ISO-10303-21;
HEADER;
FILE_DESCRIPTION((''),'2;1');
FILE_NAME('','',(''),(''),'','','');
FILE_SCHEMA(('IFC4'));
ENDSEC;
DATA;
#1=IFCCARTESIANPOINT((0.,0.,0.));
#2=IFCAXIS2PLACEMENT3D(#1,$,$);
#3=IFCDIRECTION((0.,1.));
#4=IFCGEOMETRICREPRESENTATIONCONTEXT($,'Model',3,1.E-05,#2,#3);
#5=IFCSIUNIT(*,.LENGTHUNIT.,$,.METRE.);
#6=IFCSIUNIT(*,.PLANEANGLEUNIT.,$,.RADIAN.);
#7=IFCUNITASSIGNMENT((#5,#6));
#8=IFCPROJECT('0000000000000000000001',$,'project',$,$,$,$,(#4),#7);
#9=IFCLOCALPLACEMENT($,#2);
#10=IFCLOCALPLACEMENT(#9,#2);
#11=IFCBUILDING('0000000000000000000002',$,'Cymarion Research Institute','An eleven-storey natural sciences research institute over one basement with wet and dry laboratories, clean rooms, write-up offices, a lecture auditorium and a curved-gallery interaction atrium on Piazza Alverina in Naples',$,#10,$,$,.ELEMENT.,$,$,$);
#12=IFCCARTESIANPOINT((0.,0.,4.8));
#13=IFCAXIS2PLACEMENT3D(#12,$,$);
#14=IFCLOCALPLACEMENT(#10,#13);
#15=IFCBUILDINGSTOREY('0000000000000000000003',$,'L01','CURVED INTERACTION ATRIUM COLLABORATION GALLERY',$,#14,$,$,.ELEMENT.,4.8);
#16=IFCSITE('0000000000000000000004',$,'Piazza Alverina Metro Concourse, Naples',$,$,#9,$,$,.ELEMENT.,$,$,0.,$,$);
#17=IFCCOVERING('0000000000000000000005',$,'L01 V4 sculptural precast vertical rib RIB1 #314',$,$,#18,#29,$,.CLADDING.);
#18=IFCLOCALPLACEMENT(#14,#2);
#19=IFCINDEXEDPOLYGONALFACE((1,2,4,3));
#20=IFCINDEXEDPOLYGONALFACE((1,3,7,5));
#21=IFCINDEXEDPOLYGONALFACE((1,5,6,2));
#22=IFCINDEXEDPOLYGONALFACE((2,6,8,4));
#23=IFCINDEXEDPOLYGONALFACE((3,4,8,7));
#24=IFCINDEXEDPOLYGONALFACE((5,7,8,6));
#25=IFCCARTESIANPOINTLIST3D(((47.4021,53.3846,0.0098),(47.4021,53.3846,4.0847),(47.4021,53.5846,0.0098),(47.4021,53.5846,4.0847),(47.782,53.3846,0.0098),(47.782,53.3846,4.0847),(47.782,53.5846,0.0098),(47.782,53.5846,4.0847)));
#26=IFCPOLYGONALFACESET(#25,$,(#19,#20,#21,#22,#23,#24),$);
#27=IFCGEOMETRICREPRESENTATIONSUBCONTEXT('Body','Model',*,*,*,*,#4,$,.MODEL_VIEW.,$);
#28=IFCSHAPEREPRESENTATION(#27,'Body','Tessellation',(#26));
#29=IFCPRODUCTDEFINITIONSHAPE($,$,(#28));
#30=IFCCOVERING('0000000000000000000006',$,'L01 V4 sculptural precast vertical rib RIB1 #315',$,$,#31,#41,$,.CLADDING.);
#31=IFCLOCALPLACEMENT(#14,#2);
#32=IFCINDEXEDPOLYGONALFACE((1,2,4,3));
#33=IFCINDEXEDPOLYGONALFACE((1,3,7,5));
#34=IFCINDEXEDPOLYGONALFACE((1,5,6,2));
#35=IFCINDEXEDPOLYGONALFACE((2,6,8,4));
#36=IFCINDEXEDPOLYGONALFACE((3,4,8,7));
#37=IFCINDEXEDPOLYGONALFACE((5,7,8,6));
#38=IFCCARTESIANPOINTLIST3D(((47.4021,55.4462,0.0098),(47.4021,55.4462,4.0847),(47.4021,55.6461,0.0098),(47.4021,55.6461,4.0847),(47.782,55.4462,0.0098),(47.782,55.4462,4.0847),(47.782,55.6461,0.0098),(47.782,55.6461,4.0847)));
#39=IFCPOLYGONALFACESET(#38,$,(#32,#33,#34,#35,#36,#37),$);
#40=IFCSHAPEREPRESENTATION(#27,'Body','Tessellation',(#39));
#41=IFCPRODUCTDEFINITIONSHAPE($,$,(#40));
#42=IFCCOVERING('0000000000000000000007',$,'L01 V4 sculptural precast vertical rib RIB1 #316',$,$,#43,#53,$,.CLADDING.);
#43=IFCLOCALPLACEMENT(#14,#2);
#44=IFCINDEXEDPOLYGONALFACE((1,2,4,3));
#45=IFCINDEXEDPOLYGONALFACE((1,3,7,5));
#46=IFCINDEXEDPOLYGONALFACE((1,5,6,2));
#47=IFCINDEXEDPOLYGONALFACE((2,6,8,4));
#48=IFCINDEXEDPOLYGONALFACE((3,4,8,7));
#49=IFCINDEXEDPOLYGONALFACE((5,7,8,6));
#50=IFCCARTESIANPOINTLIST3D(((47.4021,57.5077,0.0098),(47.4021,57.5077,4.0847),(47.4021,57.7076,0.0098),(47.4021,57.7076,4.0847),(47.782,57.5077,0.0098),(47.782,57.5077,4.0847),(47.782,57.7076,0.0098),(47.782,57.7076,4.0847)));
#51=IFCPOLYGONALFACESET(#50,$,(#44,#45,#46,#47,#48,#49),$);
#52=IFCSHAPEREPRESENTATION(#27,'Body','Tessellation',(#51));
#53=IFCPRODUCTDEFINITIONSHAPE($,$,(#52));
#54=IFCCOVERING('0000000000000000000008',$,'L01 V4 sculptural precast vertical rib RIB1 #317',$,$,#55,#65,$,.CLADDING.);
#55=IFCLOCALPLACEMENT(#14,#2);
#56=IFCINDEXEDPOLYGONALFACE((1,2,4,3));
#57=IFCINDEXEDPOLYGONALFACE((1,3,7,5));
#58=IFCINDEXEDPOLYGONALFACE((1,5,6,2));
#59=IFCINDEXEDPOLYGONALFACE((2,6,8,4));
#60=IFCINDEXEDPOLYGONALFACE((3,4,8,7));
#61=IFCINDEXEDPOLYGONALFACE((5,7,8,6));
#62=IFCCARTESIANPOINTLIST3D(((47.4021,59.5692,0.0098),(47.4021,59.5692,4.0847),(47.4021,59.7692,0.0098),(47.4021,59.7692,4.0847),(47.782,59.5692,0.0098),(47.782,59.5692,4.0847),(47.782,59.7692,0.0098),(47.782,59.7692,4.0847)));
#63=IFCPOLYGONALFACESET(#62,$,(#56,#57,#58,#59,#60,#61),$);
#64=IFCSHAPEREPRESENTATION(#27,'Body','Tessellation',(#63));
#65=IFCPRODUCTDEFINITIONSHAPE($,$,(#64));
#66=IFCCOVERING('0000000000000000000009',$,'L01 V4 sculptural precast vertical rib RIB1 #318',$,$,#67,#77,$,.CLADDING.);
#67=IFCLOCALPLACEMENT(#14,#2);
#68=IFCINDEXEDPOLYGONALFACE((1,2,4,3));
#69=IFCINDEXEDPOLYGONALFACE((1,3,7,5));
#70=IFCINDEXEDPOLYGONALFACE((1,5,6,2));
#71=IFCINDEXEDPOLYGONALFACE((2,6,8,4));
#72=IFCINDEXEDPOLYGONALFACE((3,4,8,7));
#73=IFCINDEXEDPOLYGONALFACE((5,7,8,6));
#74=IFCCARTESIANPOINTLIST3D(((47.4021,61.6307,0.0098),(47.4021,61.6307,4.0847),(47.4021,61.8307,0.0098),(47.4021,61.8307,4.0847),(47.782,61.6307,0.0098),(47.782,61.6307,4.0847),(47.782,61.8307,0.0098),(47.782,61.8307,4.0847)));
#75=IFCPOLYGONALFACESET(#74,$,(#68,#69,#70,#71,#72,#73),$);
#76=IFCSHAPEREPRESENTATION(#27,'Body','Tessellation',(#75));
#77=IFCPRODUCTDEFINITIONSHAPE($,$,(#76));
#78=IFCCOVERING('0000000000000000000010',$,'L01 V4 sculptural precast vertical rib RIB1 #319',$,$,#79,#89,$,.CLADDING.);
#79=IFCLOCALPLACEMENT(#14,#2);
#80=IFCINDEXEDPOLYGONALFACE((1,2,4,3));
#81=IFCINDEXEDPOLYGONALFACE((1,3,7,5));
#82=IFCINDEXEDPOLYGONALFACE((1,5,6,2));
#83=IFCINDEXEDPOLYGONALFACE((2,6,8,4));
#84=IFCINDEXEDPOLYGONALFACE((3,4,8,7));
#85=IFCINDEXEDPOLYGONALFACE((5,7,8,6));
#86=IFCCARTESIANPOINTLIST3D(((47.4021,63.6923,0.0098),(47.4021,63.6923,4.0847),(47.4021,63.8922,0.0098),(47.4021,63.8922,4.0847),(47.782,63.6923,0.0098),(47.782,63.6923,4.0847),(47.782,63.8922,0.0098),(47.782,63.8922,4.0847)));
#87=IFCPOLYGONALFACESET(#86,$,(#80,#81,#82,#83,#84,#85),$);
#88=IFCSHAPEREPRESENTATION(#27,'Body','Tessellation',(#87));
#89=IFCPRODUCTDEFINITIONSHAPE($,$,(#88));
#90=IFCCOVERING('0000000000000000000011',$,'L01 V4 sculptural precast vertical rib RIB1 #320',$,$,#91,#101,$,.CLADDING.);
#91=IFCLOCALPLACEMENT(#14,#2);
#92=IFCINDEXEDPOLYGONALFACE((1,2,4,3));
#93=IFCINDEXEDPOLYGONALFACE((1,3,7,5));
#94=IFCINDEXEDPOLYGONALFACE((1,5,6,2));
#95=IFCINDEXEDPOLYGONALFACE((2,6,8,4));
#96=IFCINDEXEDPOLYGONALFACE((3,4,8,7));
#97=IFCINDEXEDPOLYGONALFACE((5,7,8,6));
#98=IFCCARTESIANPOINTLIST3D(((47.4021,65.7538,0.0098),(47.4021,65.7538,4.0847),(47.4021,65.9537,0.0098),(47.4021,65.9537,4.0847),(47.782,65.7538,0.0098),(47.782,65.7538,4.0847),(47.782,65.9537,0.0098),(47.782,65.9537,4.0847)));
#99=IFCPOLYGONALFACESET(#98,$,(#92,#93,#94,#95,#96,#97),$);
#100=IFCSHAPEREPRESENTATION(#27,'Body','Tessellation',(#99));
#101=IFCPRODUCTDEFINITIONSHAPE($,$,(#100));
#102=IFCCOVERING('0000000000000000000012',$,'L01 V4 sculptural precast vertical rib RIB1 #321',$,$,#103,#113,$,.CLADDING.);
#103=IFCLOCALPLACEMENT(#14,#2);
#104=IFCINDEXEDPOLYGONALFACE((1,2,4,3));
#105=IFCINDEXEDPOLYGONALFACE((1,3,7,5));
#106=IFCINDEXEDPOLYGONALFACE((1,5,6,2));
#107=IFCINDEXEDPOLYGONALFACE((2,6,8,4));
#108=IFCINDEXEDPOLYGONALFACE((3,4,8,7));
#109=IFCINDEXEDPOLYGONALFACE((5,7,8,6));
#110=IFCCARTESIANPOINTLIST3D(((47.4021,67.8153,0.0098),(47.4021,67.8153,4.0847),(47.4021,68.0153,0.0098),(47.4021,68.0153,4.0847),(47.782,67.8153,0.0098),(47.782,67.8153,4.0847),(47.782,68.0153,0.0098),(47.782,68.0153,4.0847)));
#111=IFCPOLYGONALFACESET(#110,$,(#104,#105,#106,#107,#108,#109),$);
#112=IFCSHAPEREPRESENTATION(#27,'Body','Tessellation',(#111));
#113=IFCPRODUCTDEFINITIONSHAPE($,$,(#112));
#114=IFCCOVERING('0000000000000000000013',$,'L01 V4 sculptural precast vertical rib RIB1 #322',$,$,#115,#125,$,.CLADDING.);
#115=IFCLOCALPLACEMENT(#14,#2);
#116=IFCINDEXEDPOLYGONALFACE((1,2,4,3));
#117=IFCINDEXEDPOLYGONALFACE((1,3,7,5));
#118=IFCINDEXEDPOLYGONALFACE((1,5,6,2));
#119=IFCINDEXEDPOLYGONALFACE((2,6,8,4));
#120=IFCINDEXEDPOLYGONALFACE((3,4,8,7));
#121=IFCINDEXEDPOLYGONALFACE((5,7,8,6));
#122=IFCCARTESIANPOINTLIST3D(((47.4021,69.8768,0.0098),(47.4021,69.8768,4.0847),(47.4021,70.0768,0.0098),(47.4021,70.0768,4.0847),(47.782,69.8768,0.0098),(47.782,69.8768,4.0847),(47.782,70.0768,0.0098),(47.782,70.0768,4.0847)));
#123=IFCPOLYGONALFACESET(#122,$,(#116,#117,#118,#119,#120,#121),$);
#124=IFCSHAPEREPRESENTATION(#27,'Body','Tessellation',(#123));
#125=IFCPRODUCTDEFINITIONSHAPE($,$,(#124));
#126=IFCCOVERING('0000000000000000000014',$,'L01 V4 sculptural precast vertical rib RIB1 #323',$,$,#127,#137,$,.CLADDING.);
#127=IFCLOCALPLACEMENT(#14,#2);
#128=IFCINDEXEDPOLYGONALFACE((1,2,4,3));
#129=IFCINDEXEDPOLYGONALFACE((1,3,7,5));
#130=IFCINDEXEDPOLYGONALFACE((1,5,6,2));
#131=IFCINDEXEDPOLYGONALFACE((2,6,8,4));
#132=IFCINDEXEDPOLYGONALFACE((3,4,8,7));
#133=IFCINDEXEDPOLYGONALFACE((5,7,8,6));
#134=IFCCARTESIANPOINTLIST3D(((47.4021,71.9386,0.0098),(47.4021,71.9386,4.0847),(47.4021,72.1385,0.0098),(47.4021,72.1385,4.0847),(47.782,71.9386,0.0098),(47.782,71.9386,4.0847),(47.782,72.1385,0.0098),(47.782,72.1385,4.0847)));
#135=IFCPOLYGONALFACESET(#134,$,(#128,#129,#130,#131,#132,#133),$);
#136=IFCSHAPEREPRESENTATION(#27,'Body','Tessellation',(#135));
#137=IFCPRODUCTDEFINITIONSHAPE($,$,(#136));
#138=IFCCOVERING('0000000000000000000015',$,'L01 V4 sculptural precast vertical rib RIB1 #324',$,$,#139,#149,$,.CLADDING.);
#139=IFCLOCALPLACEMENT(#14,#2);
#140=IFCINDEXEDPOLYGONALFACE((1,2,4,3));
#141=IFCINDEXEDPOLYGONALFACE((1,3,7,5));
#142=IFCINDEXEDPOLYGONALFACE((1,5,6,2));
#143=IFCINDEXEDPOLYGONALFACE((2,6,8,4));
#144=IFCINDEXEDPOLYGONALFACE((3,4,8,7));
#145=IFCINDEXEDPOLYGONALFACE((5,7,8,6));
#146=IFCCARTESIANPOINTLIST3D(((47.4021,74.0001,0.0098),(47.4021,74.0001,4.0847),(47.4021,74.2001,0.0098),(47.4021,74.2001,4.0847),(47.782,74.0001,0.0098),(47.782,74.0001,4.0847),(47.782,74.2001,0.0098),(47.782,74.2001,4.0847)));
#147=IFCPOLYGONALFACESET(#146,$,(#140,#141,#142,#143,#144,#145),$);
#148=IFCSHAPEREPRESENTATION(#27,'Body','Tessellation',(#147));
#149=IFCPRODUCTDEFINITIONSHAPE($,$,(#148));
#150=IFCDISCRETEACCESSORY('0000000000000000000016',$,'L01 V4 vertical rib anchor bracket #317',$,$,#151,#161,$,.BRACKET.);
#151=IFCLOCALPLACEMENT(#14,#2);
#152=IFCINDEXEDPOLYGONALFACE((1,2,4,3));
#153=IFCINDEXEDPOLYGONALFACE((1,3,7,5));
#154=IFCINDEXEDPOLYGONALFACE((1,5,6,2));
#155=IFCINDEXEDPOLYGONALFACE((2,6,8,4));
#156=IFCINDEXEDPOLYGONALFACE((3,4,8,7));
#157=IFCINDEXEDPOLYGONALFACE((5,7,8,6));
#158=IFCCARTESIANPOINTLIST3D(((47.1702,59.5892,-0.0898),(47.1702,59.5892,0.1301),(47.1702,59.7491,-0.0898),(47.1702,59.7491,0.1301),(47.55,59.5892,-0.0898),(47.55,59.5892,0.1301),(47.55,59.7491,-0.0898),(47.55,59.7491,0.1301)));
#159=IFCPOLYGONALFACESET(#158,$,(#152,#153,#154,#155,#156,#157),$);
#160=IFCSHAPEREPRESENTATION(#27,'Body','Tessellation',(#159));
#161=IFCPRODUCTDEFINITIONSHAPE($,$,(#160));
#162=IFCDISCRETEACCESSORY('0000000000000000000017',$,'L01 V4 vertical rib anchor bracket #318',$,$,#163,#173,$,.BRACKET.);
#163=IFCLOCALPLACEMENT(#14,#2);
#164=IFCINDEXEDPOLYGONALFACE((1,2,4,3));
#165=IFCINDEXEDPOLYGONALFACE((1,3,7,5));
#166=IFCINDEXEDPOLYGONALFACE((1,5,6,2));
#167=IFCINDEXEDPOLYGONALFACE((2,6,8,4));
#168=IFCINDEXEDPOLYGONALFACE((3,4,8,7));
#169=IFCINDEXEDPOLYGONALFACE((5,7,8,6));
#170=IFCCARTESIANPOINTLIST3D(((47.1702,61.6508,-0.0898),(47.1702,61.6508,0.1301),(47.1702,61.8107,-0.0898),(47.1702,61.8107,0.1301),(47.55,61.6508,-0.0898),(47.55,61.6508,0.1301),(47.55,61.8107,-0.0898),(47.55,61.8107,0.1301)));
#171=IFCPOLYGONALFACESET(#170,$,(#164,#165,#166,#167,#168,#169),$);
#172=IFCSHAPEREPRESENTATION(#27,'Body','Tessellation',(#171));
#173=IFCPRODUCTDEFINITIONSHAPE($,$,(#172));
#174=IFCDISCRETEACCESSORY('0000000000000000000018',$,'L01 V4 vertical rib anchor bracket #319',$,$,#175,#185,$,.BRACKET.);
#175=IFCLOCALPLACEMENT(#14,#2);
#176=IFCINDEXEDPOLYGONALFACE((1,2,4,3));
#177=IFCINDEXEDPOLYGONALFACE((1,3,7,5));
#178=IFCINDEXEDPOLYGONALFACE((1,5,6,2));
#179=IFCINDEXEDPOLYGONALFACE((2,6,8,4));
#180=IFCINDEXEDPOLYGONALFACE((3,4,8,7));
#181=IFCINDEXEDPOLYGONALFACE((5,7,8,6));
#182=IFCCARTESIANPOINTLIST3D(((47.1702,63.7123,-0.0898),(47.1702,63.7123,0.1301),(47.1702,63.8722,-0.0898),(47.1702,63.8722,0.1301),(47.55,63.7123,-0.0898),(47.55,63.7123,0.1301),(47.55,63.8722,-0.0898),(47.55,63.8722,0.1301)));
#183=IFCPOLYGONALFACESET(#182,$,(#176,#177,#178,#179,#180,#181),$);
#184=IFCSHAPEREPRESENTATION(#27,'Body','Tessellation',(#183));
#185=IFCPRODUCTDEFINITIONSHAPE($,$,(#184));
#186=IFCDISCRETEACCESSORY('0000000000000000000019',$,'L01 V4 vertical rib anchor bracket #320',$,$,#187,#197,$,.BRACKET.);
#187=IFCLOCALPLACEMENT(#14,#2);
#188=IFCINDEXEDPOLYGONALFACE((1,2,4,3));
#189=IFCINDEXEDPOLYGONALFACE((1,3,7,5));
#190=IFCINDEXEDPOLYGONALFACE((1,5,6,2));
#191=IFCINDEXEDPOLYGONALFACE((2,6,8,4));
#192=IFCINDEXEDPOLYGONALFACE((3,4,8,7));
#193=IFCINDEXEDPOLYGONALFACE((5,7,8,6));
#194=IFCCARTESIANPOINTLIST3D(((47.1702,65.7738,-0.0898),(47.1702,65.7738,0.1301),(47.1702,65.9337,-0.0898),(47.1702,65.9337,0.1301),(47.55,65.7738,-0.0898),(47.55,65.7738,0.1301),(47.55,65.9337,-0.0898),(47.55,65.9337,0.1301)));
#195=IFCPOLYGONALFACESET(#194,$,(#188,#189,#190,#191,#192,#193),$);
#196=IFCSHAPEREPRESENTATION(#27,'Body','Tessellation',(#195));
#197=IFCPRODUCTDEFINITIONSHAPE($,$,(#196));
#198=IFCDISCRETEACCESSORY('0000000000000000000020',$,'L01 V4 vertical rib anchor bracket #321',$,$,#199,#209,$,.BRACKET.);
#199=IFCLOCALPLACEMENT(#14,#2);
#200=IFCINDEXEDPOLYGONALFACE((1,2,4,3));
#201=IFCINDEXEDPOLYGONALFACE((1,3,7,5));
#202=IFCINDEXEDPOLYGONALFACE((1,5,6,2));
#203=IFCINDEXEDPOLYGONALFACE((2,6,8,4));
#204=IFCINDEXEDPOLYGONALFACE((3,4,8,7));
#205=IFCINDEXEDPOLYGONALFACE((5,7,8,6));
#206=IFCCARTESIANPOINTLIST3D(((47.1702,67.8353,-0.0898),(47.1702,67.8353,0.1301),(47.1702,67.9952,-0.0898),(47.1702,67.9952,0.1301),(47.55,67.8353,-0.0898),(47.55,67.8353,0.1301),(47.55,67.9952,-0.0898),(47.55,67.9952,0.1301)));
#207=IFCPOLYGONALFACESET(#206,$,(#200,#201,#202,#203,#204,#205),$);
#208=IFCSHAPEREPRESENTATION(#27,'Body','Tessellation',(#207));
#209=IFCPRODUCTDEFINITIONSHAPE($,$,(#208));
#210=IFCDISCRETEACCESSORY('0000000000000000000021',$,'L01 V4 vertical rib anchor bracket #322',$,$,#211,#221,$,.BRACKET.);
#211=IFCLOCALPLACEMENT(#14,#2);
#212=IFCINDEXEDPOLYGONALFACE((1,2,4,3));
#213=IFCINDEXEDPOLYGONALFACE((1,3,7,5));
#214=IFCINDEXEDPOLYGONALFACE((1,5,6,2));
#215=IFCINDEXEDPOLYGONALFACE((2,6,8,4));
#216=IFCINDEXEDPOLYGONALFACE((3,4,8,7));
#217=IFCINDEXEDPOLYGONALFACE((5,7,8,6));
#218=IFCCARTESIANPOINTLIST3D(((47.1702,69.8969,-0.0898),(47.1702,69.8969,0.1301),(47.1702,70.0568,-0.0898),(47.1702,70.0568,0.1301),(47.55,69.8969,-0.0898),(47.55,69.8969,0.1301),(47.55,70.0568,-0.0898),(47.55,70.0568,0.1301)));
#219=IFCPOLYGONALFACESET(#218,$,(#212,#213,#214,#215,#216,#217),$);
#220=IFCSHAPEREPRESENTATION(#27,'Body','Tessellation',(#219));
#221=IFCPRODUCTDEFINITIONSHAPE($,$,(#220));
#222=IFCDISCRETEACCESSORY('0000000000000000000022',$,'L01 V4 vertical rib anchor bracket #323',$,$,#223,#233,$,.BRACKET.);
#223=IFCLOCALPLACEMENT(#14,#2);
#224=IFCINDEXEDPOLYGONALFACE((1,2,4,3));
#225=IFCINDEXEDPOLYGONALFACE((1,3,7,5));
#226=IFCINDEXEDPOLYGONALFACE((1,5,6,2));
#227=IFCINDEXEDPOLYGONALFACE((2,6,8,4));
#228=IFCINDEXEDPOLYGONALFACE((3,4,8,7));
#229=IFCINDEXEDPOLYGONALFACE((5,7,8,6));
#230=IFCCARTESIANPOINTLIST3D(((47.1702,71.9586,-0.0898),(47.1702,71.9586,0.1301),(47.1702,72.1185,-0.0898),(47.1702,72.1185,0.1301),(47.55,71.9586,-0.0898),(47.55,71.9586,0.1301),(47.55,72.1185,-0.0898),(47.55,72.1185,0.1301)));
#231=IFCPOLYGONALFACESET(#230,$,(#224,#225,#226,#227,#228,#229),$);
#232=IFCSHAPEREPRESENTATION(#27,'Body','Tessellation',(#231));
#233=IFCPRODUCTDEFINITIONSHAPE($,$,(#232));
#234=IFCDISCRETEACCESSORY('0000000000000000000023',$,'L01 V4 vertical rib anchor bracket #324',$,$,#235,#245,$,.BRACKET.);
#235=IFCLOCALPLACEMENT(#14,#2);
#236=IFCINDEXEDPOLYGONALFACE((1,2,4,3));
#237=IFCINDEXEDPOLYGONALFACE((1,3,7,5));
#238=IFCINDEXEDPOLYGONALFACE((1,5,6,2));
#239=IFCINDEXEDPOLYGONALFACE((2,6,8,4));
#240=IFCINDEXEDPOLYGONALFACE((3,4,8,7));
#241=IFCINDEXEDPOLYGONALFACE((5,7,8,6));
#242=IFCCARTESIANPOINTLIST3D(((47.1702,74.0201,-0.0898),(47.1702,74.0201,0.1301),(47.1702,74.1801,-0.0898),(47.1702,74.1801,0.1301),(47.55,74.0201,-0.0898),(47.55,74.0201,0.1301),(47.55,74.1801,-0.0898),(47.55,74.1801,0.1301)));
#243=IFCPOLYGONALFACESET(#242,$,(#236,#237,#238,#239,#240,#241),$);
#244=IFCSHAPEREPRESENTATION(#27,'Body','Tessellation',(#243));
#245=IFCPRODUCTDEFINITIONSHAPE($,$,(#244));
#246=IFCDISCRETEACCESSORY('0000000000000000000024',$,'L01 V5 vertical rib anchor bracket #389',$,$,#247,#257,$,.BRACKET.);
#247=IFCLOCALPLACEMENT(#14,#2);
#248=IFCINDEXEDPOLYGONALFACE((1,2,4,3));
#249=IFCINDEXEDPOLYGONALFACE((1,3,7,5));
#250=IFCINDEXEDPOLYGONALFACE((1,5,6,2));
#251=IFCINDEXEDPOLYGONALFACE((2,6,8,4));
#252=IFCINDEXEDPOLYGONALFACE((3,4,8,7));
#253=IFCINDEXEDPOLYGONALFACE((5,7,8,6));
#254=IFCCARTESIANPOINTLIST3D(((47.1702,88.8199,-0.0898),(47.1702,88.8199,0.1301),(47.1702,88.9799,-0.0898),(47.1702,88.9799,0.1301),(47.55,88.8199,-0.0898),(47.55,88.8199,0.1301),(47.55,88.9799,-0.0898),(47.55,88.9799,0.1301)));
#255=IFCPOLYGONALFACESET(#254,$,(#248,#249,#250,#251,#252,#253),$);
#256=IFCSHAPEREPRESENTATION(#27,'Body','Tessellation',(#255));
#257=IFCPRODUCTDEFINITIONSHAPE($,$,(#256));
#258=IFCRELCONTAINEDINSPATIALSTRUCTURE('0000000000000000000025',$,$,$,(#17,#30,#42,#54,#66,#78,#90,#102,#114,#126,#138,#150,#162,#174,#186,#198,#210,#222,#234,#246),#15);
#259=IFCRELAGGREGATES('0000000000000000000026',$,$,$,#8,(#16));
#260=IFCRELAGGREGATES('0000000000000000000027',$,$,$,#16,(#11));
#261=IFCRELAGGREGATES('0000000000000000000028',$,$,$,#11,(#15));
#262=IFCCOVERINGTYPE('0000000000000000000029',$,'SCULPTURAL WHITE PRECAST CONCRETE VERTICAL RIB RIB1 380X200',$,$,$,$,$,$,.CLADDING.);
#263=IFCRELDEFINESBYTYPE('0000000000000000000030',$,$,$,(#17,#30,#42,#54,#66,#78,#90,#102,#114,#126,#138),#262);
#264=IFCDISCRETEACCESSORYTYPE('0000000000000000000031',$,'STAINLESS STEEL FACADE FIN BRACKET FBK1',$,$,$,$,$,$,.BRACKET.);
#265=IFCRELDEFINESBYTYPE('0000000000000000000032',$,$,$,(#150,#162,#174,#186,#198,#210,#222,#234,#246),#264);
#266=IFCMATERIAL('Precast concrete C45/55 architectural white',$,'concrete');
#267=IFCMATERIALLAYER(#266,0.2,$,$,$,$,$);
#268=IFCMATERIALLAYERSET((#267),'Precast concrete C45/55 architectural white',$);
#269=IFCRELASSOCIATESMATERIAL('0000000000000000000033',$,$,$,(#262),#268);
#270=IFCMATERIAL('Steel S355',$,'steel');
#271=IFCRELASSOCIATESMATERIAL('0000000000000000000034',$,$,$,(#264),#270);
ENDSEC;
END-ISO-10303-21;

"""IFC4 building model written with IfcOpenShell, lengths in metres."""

from ifc_helpers import new_model, si_unit, direction, frame, origin, origin_2d, place, context, subcontext, project, spatial, rectangle, extrude, material, layer, layer_set, type_object, element, save


model = new_model("IFC4")

# Units and contexts
model_context = context("Model", 3, precision=1e-05, world=origin(), true_north=direction((0.0, 1.0)))
body_context = subcontext(model_context, "Body", "Model", "MODEL_VIEW")
ifc_project = project(units=[si_unit("LENGTHUNIT", "METRE"), si_unit("PLANEANGLEUNIT", "RADIAN")], contexts=[model_context])

# Site, building, storey
site_placement = place(None, origin())
site = spatial("IfcSite", under=ifc_project, at=site_placement, Name="Piazza Alverina Metro Concourse, Naples", CompositionType="ELEMENT", RefElevation=0.0)
building_placement = place(site_placement, origin())
building = spatial("IfcBuilding", under=site, at=building_placement, Name="Cymarion Research Institute", Description="An eleven-storey natural sciences research institute over one basement with wet and dry laboratories, clean rooms, write-up offices, a lecture auditorium and a curved-gallery interaction atrium on Piazza Alverina in Naples", CompositionType="ELEMENT")
storey_placement = place(building_placement, frame((0.0, 0.0, 4.8)))
storey = spatial("IfcBuildingStorey", under=building, at=storey_placement, Name="L01", Description="CURVED INTERACTION ATRIUM COLLABORATION GALLERY", CompositionType="ELEMENT", Elevation=4.8)

# Shared definitions
ifc_material_1 = material(Name="Steel S355", Category="steel")

# Coverings
ifc_material_2 = material(Name="Precast concrete C45/55 architectural white", Category="concrete")
ifc_layer_1 = layer(ifc_material_2, 0.2)
ifc_layer_set_1 = layer_set([ifc_layer_1], Name="Precast concrete C45/55 architectural white")
covering_type_1 = type_object("IfcCoveringType", Name="SCULPTURAL WHITE PRECAST CONCRETE VERTICAL RIB RIB1 380X200", PredefinedType="CLADDING", material=ifc_layer_set_1)
for number, where, z_axis, x_axis, name in (
    (1, (47.592, 53.4846, 0.0098), (0.0, 0.0, 1.0), (1.0, 0.0, 0.0), "L01 V4 sculptural precast vertical rib RIB1 #314"),
    (2, (47.592, 55.5461, 0.0098), (0.0, 0.0, 1.0), (1.0, 0.0, 0.0), "L01 V4 sculptural precast vertical rib RIB1 #315"),
    (3, (47.592, 57.6077, 0.0098), (0.0, 0.0, 1.0), (1.0, 0.0, 0.0), "L01 V4 sculptural precast vertical rib RIB1 #316"),
    (4, (47.592, 59.6692, 0.0098), (0.0, 0.0, 1.0), (1.0, 0.0, 0.0), "L01 V4 sculptural precast vertical rib RIB1 #317"),
    (5, (47.592, 61.7307, 0.0098), (0.0, 0.0, 1.0), (1.0, 0.0, 0.0), "L01 V4 sculptural precast vertical rib RIB1 #318"),
    (6, (47.592, 63.7922, 0.0098), (0.0, 0.0, 1.0), (1.0, 0.0, 0.0), "L01 V4 sculptural precast vertical rib RIB1 #319"),
    (7, (47.592, 65.8538, 0.0098), (0.0, 0.0, 1.0), (1.0, 0.0, 0.0), "L01 V4 sculptural precast vertical rib RIB1 #320"),
    (8, (47.592, 67.9153, 0.0098), (0.0, 0.0, 1.0), (1.0, 0.0, 0.0), "L01 V4 sculptural precast vertical rib RIB1 #321"),
    (9, (47.592, 69.9768, 0.0098), (0.0, 0.0, 1.0), (1.0, 0.0, 0.0), "L01 V4 sculptural precast vertical rib RIB1 #322"),
    (10, (47.592, 72.0386, 0.0098), (0.0, 0.0, 1.0), (1.0, 0.0, 0.0), "L01 V4 sculptural precast vertical rib RIB1 #323"),
    (11, (47.592, 74.1001, 0.0098), (0.0, 0.0, 1.0), (1.0, 0.0, 0.0), "L01 V4 sculptural precast vertical rib RIB1 #324"),
):
    element("IfcCovering", number, at=place(storey_placement, frame(where, z_axis=z_axis, x_axis=x_axis)), inside=storey, type_object=covering_type_1, Name=name, PredefinedType="CLADDING", context=body_context, shape_type="SweptSolid", body=[
        extrude(rectangle(XDim=0.3799, YDim=0.2, at=origin_2d()), origin(), (0.0, 0.0, 1.0), 4.075),
    ])

# Discrete accessories
discrete_accessory_type = type_object("IfcDiscreteAccessoryType", Name="STAINLESS STEEL FACADE FIN BRACKET FBK1", PredefinedType="BRACKET", material=ifc_material_1)
for number, where, z_axis, x_axis, name in (
    (12, (47.3601, 59.6692, -0.0898), (0.0, 0.0, 1.0), (1.0, 0.0, 0.0), "L01 V4 vertical rib anchor bracket #317"),
    (13, (47.3601, 61.7307, -0.0898), (0.0, 0.0, 1.0), (1.0, 0.0, 0.0), "L01 V4 vertical rib anchor bracket #318"),
    (14, (47.3601, 63.7922, -0.0898), (0.0, 0.0, 1.0), (1.0, 0.0, 0.0), "L01 V4 vertical rib anchor bracket #319"),
    (15, (47.3601, 65.8538, -0.0898), (0.0, 0.0, 1.0), (1.0, 0.0, 0.0), "L01 V4 vertical rib anchor bracket #320"),
    (16, (47.3601, 67.9153, -0.0898), (0.0, 0.0, 1.0), (1.0, 0.0, 0.0), "L01 V4 vertical rib anchor bracket #321"),
    (17, (47.3601, 69.9768, -0.0898), (0.0, 0.0, 1.0), (1.0, 0.0, 0.0), "L01 V4 vertical rib anchor bracket #322"),
    (18, (47.3601, 72.0386, -0.0898), (0.0, 0.0, 1.0), (1.0, 0.0, 0.0), "L01 V4 vertical rib anchor bracket #323"),
    (19, (47.3601, 74.1001, -0.0898), (0.0, 0.0, 1.0), (1.0, 0.0, 0.0), "L01 V4 vertical rib anchor bracket #324"),
    (20, (47.3601, 88.8999, -0.0898), (0.0, 0.0, 1.0), (1.0, 0.0, 0.0), "L01 V5 vertical rib anchor bracket #389"),
):
    element("IfcDiscreteAccessory", number, at=place(storey_placement, frame(where, z_axis=z_axis, x_axis=x_axis)), inside=storey, type_object=discrete_accessory_type, Name=name, PredefinedType="BRACKET", context=body_context, shape_type="SweptSolid", body=[
        extrude(rectangle(XDim=0.3799, YDim=0.1599, at=origin_2d()), origin(), (0.0, 0.0, 1.0), 0.22),
    ])

save(model, "model.ifc")
